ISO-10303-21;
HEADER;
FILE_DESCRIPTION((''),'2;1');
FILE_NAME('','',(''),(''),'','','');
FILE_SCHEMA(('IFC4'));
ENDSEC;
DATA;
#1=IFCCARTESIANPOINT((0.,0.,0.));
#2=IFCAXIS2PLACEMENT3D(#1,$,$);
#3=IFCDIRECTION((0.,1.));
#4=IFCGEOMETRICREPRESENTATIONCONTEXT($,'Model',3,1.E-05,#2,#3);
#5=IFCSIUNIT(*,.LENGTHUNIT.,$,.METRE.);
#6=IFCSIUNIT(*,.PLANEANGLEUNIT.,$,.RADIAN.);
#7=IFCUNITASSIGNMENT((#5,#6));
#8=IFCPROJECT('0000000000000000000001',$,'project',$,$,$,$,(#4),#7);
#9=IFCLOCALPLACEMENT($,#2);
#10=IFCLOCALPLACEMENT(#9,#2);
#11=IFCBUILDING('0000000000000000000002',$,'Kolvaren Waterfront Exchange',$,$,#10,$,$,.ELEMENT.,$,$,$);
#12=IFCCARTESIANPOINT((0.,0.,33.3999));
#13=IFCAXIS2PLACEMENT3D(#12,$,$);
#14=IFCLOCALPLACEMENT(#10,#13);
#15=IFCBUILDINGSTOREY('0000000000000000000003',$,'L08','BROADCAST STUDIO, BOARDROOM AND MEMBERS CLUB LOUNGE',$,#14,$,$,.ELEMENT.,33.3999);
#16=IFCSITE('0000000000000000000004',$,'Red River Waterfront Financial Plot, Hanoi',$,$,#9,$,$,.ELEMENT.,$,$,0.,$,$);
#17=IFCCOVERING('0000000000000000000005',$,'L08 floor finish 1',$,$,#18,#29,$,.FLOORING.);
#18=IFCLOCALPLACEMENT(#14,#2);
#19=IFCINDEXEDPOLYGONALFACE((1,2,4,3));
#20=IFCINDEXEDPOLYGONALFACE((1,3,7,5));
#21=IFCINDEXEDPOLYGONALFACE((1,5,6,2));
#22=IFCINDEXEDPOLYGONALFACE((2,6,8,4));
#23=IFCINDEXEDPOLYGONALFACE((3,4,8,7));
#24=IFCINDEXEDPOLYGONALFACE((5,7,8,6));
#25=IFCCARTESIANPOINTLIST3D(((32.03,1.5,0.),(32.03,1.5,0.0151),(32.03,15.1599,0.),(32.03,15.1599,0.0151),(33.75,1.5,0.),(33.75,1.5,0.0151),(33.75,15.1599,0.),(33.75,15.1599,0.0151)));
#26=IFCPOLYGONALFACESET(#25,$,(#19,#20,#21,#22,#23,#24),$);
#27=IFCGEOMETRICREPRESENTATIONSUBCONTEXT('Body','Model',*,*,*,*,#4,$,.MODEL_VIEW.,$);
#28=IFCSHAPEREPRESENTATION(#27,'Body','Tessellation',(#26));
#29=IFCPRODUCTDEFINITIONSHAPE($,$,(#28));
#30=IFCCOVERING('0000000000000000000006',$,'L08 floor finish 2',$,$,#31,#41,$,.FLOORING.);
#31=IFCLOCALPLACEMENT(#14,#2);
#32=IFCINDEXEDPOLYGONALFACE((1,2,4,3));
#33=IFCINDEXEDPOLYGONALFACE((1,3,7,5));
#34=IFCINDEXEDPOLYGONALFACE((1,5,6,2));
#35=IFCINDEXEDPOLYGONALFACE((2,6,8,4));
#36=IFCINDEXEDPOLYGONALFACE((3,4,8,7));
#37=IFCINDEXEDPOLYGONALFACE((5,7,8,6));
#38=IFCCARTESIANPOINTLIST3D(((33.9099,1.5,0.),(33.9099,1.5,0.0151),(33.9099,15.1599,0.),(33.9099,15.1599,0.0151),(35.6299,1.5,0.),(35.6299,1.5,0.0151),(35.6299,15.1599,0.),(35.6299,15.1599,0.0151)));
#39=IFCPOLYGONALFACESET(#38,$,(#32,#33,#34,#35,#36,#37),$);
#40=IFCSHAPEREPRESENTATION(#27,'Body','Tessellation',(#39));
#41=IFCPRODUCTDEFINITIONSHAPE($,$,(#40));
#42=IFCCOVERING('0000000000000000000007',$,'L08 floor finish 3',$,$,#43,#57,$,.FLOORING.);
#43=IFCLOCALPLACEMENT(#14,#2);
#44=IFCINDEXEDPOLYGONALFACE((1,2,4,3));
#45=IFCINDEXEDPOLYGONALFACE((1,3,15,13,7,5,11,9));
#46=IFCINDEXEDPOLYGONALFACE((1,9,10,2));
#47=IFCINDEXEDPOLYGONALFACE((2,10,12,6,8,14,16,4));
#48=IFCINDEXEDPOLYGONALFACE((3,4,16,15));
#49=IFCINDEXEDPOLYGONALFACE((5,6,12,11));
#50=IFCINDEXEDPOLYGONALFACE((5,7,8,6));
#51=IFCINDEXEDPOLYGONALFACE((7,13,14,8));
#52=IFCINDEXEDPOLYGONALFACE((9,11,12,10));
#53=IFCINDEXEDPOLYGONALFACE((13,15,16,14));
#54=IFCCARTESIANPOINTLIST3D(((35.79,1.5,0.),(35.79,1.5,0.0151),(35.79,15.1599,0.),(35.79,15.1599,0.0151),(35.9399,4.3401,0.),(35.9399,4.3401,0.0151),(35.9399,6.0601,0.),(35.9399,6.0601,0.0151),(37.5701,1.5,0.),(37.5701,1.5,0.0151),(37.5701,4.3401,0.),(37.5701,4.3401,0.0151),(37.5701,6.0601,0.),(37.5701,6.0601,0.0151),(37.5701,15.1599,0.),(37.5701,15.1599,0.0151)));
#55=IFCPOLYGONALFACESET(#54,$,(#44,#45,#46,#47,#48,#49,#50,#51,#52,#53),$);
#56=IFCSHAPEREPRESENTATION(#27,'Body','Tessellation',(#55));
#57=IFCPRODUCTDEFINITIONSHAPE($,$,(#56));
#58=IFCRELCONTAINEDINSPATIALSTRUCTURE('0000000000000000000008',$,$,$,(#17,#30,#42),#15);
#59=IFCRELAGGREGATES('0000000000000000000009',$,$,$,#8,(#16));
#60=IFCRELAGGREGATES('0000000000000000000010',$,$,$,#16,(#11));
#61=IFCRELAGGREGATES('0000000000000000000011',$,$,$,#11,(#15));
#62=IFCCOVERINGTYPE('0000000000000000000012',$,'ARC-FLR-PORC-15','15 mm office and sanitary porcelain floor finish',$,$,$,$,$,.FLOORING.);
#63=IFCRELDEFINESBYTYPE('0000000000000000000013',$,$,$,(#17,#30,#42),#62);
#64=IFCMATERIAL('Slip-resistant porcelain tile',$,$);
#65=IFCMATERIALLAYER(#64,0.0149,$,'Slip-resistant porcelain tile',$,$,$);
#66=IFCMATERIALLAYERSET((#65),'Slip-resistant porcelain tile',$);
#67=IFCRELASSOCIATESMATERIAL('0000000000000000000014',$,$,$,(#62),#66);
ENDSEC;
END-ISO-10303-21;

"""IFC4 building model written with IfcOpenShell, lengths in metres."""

from ifc_helpers import new_model, si_unit, direction, frame, origin, place, context, subcontext, project, spatial, polyline, outline, extrude, material, layer, layer_set, type_object, element, save


model = new_model("IFC4")

# Units and contexts
model_context = context("Model", 3, precision=1e-05, world=origin(), true_north=direction((0.0, 1.0)))
body_context = subcontext(model_context, "Body", "Model", "MODEL_VIEW")
ifc_project = project(units=[si_unit("LENGTHUNIT", "METRE"), si_unit("PLANEANGLEUNIT", "RADIAN")], contexts=[model_context])

# Site, building, storey
site_placement = place(None, origin())
site = spatial("IfcSite", under=ifc_project, at=site_placement, Name="Red River Waterfront Financial Plot, Hanoi", CompositionType="ELEMENT", RefElevation=0.0)
building_placement = place(site_placement, origin())
building = spatial("IfcBuilding", under=site, at=building_placement, Name="Kolvaren Waterfront Exchange", CompositionType="ELEMENT")
storey_placement = place(building_placement, frame((0.0, 0.0, 33.3999)))
storey = spatial("IfcBuildingStorey", under=building, at=storey_placement, Name="L08", Description="BROADCAST STUDIO, BOARDROOM AND MEMBERS CLUB LOUNGE", CompositionType="ELEMENT", Elevation=33.3999)

# Coverings
ifc_material_1 = material(Name="Slip-resistant porcelain tile")
ifc_layer_1 = layer(ifc_material_1, 0.0149, Name="Slip-resistant porcelain tile")
ifc_layer_set_1 = layer_set([ifc_layer_1], Name="Slip-resistant porcelain tile")
covering_type_1 = type_object("IfcCoveringType", Name="ARC-FLR-PORC-15", Description="15 mm office and sanitary porcelain floor finish", PredefinedType="FLOORING", material=ifc_layer_set_1)
covering_1_placement = place(storey_placement, origin())
element("IfcCovering", 1, at=covering_1_placement, inside=storey, type_object=covering_type_1, Name="L08 floor finish 1", PredefinedType="FLOORING", context=body_context, shape_type="SweptSolid", body=[
    extrude(outline(polyline([(32.03, 15.1599), (32.03, 1.5), (33.75, 1.5), (33.75, 15.1599), (32.03, 15.1599)])), origin(), (0.0, 0.0, 1.0), 0.0151),
])
covering_2_placement = place(storey_placement, origin())
element("IfcCovering", 2, at=covering_2_placement, inside=storey, type_object=covering_type_1, Name="L08 floor finish 2", PredefinedType="FLOORING", context=body_context, shape_type="SweptSolid", body=[
    extrude(outline(polyline([(33.9099, 15.1599), (33.9099, 1.5), (35.6299, 1.5), (35.6299, 15.1599), (33.9099, 15.1599)])), origin(), (0.0, 0.0, 1.0), 0.0151),
])
covering_3_placement = place(storey_placement, origin())
element("IfcCovering", 3, at=covering_3_placement, inside=storey, type_object=covering_type_1, Name="L08 floor finish 3", PredefinedType="FLOORING", context=body_context, shape_type="SweptSolid", body=[
    extrude(outline(polyline([(35.79, 15.1599), (35.79, 1.5), (37.5701, 1.5), (37.5701, 4.3401), (35.9399, 4.3401), (35.9399, 6.0601), (37.5701, 6.0601), (37.5701, 15.1599), (35.79, 15.1599)])), origin(), (0.0, 0.0, 1.0), 0.0151),
])

save(model, "model.ifc")
